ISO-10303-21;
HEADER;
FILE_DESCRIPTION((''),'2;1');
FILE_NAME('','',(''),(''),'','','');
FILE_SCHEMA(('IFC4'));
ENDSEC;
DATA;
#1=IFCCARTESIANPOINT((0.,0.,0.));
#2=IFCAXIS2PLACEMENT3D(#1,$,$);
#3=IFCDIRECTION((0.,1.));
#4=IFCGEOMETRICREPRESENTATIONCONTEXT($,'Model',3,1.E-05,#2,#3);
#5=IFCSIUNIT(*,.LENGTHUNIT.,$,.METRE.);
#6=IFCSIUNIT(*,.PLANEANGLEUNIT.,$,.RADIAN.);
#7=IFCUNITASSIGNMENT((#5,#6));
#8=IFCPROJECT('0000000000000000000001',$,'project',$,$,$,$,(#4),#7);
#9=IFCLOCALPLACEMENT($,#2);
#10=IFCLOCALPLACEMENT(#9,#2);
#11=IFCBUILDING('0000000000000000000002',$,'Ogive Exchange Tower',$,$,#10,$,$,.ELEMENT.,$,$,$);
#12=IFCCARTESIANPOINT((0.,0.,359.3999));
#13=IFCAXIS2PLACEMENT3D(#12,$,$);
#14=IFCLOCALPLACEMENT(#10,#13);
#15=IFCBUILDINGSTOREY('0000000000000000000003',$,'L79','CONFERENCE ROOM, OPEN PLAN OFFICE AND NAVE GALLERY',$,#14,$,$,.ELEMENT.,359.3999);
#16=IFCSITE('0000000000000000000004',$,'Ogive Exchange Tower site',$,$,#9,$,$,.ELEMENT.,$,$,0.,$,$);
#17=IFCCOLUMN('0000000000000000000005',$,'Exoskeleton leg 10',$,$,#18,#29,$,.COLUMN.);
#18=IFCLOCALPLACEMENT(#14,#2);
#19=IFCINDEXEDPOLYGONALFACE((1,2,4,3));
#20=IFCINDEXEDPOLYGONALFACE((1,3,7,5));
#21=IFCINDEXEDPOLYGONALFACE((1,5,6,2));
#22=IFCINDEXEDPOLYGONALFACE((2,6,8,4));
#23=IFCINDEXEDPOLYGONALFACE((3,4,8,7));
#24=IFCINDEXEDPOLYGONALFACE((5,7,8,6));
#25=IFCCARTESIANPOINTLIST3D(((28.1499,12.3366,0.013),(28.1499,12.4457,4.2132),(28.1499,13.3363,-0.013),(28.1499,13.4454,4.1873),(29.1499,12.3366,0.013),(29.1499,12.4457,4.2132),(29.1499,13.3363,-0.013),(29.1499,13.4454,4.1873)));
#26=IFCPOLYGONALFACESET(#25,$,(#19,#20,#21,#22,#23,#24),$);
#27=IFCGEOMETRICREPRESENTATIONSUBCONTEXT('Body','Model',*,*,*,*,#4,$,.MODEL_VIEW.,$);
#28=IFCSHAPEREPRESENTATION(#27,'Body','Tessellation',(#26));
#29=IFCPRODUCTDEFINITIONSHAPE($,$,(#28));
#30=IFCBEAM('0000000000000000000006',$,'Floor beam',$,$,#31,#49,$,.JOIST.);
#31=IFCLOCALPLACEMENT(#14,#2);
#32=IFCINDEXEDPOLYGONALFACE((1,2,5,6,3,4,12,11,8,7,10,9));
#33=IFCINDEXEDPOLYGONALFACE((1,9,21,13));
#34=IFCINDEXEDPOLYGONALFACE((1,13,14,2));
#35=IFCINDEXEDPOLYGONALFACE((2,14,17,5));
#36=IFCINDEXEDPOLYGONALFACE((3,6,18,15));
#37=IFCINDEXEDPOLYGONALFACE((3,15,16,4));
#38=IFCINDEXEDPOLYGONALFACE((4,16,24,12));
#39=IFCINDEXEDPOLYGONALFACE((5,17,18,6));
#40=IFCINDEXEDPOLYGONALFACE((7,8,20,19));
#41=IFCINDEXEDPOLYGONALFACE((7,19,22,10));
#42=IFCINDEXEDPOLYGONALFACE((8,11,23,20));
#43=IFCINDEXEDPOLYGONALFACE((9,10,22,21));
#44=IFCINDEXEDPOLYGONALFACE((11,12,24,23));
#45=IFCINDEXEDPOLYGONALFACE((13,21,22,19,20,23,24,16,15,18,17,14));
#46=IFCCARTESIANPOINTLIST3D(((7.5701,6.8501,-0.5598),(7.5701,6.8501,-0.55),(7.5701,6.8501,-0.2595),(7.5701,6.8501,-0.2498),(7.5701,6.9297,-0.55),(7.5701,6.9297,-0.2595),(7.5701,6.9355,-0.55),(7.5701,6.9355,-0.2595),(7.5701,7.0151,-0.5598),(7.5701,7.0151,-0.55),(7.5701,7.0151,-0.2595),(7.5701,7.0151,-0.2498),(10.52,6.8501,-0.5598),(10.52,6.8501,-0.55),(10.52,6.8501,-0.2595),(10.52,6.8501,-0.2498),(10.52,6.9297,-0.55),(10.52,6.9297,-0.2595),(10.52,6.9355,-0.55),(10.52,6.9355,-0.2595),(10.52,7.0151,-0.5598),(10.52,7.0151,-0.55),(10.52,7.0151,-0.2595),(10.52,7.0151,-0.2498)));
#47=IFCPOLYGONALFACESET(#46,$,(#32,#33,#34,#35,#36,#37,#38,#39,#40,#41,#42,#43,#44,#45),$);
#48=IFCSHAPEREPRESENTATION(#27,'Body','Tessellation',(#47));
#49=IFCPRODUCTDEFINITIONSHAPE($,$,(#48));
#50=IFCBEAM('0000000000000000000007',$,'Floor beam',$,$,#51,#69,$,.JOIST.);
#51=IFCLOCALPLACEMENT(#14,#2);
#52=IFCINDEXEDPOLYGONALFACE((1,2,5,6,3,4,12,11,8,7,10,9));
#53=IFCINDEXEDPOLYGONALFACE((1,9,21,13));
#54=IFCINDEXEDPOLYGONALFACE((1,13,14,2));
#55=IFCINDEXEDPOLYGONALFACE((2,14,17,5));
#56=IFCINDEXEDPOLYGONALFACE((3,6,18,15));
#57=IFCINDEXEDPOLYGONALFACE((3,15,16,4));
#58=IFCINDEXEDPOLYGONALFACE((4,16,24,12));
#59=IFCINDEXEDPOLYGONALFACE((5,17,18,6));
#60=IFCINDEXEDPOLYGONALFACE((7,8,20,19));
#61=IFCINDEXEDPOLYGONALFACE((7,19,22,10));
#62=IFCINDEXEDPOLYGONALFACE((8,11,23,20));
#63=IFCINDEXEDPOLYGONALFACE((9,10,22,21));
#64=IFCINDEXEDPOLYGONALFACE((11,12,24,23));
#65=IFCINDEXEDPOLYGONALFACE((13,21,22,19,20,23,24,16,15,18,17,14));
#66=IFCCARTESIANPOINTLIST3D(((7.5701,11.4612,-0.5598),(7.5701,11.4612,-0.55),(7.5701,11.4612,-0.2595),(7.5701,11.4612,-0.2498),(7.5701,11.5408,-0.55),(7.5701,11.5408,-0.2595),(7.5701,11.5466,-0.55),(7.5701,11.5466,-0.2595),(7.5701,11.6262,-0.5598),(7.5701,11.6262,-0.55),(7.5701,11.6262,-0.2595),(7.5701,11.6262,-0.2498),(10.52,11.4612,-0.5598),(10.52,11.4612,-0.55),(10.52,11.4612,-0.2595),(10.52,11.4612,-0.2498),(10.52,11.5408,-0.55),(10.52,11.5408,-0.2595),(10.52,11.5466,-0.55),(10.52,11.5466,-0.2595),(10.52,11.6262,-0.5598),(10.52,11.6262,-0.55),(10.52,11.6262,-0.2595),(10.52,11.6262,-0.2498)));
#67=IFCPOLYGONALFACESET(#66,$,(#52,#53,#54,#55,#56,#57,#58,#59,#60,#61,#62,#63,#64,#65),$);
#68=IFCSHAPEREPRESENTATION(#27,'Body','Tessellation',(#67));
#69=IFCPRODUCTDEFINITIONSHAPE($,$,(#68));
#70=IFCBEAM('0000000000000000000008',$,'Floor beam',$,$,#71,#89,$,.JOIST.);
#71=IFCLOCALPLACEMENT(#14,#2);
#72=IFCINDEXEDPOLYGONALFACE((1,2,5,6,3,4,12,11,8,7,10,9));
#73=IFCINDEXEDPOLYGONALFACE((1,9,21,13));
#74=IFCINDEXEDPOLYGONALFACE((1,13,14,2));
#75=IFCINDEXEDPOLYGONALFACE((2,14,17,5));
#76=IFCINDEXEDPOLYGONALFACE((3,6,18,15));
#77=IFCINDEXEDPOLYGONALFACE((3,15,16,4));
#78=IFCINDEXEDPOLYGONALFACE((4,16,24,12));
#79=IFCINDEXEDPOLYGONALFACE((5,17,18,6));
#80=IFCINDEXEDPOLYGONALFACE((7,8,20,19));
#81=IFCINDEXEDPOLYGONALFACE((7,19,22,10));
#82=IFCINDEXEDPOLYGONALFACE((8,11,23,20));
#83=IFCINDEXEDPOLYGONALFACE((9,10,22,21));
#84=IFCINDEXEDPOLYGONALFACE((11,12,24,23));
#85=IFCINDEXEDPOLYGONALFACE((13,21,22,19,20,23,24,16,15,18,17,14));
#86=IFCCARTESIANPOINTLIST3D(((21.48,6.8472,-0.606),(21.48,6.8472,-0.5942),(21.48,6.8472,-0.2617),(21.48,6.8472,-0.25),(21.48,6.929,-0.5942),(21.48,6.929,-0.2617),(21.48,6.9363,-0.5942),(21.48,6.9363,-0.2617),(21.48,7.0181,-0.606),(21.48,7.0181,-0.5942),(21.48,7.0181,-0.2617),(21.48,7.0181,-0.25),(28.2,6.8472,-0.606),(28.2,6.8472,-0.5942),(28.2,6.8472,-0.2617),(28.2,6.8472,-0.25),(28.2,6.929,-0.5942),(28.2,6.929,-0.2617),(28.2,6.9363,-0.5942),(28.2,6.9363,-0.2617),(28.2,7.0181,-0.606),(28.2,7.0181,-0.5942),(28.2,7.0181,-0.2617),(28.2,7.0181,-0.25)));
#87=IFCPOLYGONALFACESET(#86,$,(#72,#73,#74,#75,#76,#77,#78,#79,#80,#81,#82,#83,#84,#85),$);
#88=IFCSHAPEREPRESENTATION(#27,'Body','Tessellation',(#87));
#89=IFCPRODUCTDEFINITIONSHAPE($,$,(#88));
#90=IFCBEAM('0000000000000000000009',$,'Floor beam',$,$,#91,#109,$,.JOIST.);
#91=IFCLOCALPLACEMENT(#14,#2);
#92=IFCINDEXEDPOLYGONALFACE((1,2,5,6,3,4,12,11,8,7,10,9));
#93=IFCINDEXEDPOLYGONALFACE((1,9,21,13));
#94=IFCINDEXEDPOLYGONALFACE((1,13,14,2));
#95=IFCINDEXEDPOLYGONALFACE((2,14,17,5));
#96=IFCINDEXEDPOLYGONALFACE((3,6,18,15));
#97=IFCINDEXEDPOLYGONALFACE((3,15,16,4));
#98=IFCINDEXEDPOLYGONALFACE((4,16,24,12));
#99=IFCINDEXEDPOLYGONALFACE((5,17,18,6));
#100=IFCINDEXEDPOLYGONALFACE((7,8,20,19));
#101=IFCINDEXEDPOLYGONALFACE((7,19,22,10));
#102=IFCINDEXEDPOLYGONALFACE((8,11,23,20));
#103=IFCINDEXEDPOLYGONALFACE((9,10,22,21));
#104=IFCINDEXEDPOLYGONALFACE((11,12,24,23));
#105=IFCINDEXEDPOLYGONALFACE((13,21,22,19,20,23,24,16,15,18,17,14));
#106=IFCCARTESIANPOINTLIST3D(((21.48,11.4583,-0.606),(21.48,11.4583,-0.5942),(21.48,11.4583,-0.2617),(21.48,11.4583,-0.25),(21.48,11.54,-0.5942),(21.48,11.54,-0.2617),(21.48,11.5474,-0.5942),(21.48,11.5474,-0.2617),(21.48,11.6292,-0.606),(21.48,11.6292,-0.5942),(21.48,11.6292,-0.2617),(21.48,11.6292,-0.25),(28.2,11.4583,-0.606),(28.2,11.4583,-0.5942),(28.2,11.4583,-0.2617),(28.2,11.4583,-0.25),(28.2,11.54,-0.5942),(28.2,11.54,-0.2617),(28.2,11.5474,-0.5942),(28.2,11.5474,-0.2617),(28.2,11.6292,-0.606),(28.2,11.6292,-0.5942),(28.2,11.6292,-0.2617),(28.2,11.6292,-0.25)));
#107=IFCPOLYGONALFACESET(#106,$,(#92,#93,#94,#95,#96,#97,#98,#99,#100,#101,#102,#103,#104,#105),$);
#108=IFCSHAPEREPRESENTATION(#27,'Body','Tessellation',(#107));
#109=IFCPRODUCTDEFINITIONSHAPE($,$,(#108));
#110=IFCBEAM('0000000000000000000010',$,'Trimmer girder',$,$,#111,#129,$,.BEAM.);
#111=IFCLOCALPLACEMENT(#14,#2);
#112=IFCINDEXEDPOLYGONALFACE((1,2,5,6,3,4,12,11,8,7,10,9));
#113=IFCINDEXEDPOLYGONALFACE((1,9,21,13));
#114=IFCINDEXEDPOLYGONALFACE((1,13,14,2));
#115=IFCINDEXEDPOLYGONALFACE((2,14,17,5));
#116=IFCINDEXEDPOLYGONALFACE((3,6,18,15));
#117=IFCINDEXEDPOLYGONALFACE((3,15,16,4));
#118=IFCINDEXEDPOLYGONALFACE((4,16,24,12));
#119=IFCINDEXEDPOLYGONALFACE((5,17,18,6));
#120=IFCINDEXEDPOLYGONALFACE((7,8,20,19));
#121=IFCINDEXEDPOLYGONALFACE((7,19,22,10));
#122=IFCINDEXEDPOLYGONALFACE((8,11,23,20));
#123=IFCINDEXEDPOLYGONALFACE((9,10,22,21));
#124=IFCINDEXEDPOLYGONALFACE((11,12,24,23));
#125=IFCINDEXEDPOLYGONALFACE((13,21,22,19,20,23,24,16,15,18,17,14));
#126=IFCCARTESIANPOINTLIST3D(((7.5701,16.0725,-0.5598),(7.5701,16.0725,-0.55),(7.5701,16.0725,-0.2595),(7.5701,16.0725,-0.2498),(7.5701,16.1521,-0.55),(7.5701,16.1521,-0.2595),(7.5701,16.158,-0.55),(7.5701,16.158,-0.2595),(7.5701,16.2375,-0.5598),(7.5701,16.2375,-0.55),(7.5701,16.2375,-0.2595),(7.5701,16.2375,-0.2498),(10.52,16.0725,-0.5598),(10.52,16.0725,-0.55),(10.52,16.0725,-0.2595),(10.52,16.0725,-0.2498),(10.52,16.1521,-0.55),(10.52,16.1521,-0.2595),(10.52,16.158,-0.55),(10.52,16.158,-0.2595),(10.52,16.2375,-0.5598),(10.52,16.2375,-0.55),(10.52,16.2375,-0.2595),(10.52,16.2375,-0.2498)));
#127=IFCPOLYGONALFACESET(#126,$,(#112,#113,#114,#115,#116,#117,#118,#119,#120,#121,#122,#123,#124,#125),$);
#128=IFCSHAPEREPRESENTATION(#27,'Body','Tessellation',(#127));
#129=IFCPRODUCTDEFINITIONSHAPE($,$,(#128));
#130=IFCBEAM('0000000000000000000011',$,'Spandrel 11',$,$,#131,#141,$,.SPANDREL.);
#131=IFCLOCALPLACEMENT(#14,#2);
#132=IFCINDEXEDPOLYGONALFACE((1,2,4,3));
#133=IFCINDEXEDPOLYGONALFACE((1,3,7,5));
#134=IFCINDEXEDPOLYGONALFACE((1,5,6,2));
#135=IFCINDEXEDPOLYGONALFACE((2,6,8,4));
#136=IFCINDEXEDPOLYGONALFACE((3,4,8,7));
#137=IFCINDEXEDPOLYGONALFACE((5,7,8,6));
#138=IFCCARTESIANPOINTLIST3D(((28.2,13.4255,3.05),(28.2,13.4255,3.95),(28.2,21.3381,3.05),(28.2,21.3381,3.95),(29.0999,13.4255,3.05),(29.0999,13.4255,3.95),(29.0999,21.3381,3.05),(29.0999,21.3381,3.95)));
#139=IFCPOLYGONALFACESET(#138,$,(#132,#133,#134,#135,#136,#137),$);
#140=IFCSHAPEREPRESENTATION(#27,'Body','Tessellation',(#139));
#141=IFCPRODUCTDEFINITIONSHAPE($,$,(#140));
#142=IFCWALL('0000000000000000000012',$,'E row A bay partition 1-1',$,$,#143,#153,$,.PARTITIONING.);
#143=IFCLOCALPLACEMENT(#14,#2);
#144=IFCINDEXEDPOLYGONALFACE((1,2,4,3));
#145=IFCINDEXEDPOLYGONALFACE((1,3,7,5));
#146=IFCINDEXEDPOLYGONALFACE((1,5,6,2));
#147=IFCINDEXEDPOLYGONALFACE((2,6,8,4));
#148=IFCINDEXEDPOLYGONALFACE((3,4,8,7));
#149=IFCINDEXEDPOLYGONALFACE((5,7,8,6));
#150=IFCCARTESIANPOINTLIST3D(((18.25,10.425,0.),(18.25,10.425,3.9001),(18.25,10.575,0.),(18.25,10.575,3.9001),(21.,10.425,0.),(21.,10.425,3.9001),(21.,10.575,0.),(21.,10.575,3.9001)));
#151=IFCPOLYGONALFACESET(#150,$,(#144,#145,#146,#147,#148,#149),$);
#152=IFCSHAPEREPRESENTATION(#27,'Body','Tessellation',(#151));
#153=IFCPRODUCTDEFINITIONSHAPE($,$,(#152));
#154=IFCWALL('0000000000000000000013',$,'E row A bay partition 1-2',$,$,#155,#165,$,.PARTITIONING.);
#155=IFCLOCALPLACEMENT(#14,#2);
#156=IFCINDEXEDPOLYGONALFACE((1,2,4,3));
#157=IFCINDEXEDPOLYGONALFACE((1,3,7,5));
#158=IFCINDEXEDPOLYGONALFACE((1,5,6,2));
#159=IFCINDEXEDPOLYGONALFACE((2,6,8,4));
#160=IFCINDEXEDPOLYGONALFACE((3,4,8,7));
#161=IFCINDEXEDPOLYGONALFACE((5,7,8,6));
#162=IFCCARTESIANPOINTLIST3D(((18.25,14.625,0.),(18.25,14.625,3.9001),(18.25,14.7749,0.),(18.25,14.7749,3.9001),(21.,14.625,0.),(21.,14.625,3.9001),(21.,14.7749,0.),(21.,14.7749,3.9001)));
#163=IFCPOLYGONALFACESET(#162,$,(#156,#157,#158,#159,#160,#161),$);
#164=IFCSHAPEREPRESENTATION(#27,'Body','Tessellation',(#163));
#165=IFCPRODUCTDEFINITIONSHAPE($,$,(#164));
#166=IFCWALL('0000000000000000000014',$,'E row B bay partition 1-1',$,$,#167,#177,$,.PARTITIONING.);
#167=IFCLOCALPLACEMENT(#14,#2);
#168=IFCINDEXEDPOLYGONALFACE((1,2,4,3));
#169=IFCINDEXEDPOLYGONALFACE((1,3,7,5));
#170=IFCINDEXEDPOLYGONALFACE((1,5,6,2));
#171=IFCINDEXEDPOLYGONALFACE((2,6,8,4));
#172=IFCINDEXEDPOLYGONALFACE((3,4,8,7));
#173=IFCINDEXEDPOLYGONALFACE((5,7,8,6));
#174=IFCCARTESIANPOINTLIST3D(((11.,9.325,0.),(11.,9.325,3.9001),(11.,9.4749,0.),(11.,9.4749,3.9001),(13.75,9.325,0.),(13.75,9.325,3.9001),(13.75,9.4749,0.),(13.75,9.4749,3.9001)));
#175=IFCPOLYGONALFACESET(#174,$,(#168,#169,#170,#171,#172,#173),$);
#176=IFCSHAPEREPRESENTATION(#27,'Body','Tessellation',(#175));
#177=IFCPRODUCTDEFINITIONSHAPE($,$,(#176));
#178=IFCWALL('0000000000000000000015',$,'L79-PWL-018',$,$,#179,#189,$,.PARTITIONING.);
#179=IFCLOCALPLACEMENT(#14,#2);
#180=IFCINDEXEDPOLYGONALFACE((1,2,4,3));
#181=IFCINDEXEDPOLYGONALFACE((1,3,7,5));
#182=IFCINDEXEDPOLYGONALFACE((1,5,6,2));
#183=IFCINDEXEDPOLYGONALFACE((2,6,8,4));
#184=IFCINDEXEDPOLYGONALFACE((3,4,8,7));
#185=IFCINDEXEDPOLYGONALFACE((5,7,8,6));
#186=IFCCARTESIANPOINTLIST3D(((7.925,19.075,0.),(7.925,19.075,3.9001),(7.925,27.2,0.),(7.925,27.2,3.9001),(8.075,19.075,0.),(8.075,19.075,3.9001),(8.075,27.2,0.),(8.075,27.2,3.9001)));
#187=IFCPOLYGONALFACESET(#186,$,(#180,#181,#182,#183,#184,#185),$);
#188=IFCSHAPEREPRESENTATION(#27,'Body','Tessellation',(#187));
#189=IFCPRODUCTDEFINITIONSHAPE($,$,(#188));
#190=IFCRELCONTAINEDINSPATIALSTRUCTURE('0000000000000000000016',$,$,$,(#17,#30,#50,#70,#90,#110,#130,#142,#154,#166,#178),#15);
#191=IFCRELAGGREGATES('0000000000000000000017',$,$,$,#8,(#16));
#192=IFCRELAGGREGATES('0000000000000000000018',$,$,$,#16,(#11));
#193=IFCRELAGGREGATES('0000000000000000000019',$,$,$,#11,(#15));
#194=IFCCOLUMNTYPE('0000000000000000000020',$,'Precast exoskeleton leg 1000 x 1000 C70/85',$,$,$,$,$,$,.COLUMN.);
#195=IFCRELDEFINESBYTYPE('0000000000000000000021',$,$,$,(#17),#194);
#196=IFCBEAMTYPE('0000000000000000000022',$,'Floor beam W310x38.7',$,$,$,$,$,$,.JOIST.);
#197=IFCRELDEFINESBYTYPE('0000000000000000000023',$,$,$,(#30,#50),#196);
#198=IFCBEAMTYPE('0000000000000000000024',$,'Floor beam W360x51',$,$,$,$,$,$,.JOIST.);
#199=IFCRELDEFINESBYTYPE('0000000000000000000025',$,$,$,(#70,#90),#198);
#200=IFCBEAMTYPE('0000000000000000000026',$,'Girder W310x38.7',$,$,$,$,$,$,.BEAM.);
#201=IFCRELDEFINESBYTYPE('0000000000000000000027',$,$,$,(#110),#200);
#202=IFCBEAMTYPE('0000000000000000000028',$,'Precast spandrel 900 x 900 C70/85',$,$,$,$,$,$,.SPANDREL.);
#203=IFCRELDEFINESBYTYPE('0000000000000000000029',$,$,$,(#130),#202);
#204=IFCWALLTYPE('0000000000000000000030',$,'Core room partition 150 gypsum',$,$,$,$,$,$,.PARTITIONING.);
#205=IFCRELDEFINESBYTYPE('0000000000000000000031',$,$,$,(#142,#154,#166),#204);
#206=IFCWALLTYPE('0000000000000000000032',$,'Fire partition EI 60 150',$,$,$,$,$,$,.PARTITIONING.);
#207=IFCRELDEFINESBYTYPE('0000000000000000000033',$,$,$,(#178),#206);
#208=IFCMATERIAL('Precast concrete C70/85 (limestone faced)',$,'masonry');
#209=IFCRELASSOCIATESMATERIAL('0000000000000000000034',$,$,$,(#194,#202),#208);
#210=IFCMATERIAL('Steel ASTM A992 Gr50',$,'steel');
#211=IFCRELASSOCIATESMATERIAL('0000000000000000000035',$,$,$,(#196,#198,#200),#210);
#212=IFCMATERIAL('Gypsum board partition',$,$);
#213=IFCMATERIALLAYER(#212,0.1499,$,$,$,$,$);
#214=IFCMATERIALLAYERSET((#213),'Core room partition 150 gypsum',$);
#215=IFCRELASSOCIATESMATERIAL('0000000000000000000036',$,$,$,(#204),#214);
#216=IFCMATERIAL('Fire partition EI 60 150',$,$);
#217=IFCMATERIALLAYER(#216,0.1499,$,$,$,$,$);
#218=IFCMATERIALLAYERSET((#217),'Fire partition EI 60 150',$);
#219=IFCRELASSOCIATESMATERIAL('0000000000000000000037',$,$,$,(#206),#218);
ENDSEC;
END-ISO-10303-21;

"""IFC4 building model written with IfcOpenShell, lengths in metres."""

from ifc_helpers import new_model, si_unit, direction, frame, frame_2d, origin, origin_2d, place, context, subcontext, project, spatial, rectangle, i_section, extrude, material, layer, layer_set, material_profile, profile_set, type_object, element, save


model = new_model("IFC4")

# Units and contexts
model_context = context("Model", 3, precision=1e-05, world=origin(), true_north=direction((0.0, 1.0)))
body_context = subcontext(model_context, "Body", "Model", "MODEL_VIEW")
ifc_project = project(units=[si_unit("LENGTHUNIT", "METRE"), si_unit("PLANEANGLEUNIT", "RADIAN")], contexts=[model_context])

# Site, building, storey
site_placement = place(None, origin())
site = spatial("IfcSite", under=ifc_project, at=site_placement, Name="Ogive Exchange Tower site", CompositionType="ELEMENT", RefElevation=0.0)
building_placement = place(site_placement, origin())
building = spatial("IfcBuilding", under=site, at=building_placement, Name="Ogive Exchange Tower", CompositionType="ELEMENT")
storey_placement = place(building_placement, frame((0.0, 0.0, 359.3999)))
storey = spatial("IfcBuildingStorey", under=building, at=storey_placement, Name="L79", Description="CONFERENCE ROOM, OPEN PLAN OFFICE AND NAVE GALLERY", CompositionType="ELEMENT", Elevation=359.3999)

# Column
ifc_material_1 = material(Name="Precast concrete C70/85 (limestone faced)", Category="masonry")
ifc_material_profile_1 = material_profile(ifc_material_1, rectangle(XDim=1.0, YDim=1.0, at=origin_2d()), Name="1000 x 1000")
ifc_profile_set_1 = profile_set([ifc_material_profile_1], Name="Precast concrete C70/85 (limestone faced)")
column_type = type_object("IfcColumnType", Name="Precast exoskeleton leg 1000 x 1000 C70/85", PredefinedType="COLUMN", material=ifc_profile_set_1)
column_placement = place(storey_placement, frame((28.6499, 12.8364, 0.0), z_axis=(0.0, 0.025974, 0.999663), x_axis=(-1.0, 0.0, 0.0)))
element("IfcColumn", 1, at=column_placement, inside=storey, type_object=column_type, Name="Exoskeleton leg 10", PredefinedType="COLUMN", context=body_context, shape_type="SweptSolid", body=[
    extrude(rectangle(XDim=1.0, YDim=1.0, at=origin_2d()), origin(), (0.0, 0.0, 1.0), 4.2017),
])

# Beams
ifc_material_2 = material(Name="Steel ASTM A992 Gr50", Category="steel")
ifc_material_profile_2 = material_profile(ifc_material_2, i_section(OverallWidth=0.165, OverallDepth=0.3101, WebThickness=0.0059, FlangeThickness=0.0098, at=origin_2d()), Name="W310x38.7")
ifc_profile_set_2 = profile_set([ifc_material_profile_2], Name="Steel ASTM A992 Gr50")
beam_type_1 = type_object("IfcBeamType", Name="Floor beam W310x38.7", PredefinedType="JOIST", material=ifc_profile_set_2)
for number, where, z_axis, x_axis, name in (
    (2, (7.5701, 6.9326, -0.4048), (1.0, 0.0, 0.0), (0.0, 1.0, 0.0), "Floor beam"),
    (3, (7.5701, 11.5437, -0.4048), (1.0, 0.0, 0.0), (0.0, 1.0, 0.0), "Floor beam"),
):
    element("IfcBeam", number, at=place(storey_placement, frame(where, z_axis=z_axis, x_axis=x_axis)), inside=storey, type_object=beam_type_1, Name=name, PredefinedType="JOIST", context=body_context, shape_type="SweptSolid", body=[
        extrude(i_section(OverallWidth=0.165, OverallDepth=0.3101, WebThickness=0.0059, FlangeThickness=0.0098, at=origin_2d()), origin(), (0.0, 0.0, 1.0), 2.95),
    ])
ifc_material_profile_3 = material_profile(ifc_material_2, i_section(OverallWidth=0.1709, OverallDepth=0.356, WebThickness=0.0073, FlangeThickness=0.0117, at=origin_2d()), Name="W360x51")
ifc_profile_set_3 = profile_set([ifc_material_profile_3], Name="Steel ASTM A992 Gr50")
beam_type_2 = type_object("IfcBeamType", Name="Floor beam W360x51", PredefinedType="JOIST", material=ifc_profile_set_3)
for number, where, z_axis, x_axis, name in (
    (4, (21.48, 6.9326, -0.428), (1.0, 0.0, 0.0), (0.0, 1.0, 0.0), "Floor beam"),
    (5, (21.48, 11.5437, -0.428), (1.0, 0.0, 0.0), (0.0, 1.0, 0.0), "Floor beam"),
):
    element("IfcBeam", number, at=place(storey_placement, frame(where, z_axis=z_axis, x_axis=x_axis)), inside=storey, type_object=beam_type_2, Name=name, PredefinedType="JOIST", context=body_context, shape_type="SweptSolid", body=[
        extrude(i_section(OverallWidth=0.1709, OverallDepth=0.356, WebThickness=0.0073, FlangeThickness=0.0117, at=origin_2d()), origin(), (0.0, 0.0, 1.0), 6.72),
    ])
ifc_material_profile_4 = material_profile(ifc_material_2, i_section(OverallWidth=0.165, OverallDepth=0.3101, WebThickness=0.0059, FlangeThickness=0.0098, at=origin_2d()), Name="W310x38.7")
ifc_profile_set_4 = profile_set([ifc_material_profile_4], Name="Steel ASTM A992 Gr50")
beam_type_3 = type_object("IfcBeamType", Name="Girder W310x38.7", PredefinedType="BEAM", material=ifc_profile_set_4)
beam_1_placement = place(storey_placement, frame((7.5701, 16.155, -0.4048), z_axis=(1.0, 0.0, 0.0), x_axis=(0.0, 1.0, 0.0)))
element("IfcBeam", 6, at=beam_1_placement, inside=storey, type_object=beam_type_3, Name="Trimmer girder", PredefinedType="BEAM", context=body_context, shape_type="SweptSolid", body=[
    extrude(i_section(OverallWidth=0.165, OverallDepth=0.3101, WebThickness=0.0059, FlangeThickness=0.0098, at=origin_2d()), origin(), (0.0, 0.0, 1.0), 2.95),
])
ifc_material_profile_5 = material_profile(ifc_material_1, rectangle(XDim=0.8999, YDim=0.8999, at=origin_2d()), Name="900 x 900")
ifc_profile_set_5 = profile_set([ifc_material_profile_5], Name="Precast concrete C70/85 (limestone faced)")
beam_type_4 = type_object("IfcBeamType", Name="Precast spandrel 900 x 900 C70/85", PredefinedType="SPANDREL", material=ifc_profile_set_5)
beam_2_placement = place(storey_placement, frame((28.6499, 13.4255, 3.5), z_axis=(0.0, 1.0, 0.0), x_axis=(-1.0, 0.0, 0.0)))
element("IfcBeam", 7, at=beam_2_placement, inside=storey, type_object=beam_type_4, Name="Spandrel 11", PredefinedType="SPANDREL", context=body_context, shape_type="SweptSolid", body=[
    extrude(rectangle(XDim=0.8999, YDim=0.8999, at=origin_2d()), origin(), (0.0, 0.0, 1.0), 7.9126),
])

# Walls
ifc_material_3 = material(Name="Gypsum board partition")
ifc_layer_1 = layer(ifc_material_3, 0.1499)
ifc_layer_set_1 = layer_set([ifc_layer_1], Name="Core room partition 150 gypsum")
wall_type_1 = type_object("IfcWallType", Name="Core room partition 150 gypsum", PredefinedType="PARTITIONING", material=ifc_layer_set_1)
for number, where, z_axis, x_axis, name in (
    (8, (18.25, 10.5, 0.0), (0.0, 0.0, 1.0), (1.0, 0.0, 0.0), "E row A bay partition 1-1"),
    (9, (18.25, 14.7, 0.0), (0.0, 0.0, 1.0), (1.0, 0.0, 0.0), "E row A bay partition 1-2"),
    (10, (11.0, 9.3999, 0.0), (0.0, 0.0, 1.0), (1.0, 0.0, 0.0), "E row B bay partition 1-1"),
):
    element("IfcWall", number, at=place(storey_placement, frame(where, z_axis=z_axis, x_axis=x_axis)), inside=storey, type_object=wall_type_1, Name=name, PredefinedType="PARTITIONING", context=body_context, shape_type="SweptSolid", body=[
        extrude(rectangle(XDim=2.75, YDim=0.1499, at=frame_2d((1.375, 0.0))), origin(), (0.0, 0.0, 1.0), 3.9001),
    ])
ifc_material_4 = material(Name="Fire partition EI 60 150")
ifc_layer_2 = layer(ifc_material_4, 0.1499)
ifc_layer_set_2 = layer_set([ifc_layer_2], Name="Fire partition EI 60 150")
wall_type_2 = type_object("IfcWallType", Name="Fire partition EI 60 150", PredefinedType="PARTITIONING", material=ifc_layer_set_2)
wall_1_placement = place(storey_placement, frame((8.0, 19.075, 0.0), z_axis=(0.0, 0.0, 1.0), x_axis=(0.0, 1.0, 0.0)))
element("IfcWall", 11, at=wall_1_placement, inside=storey, type_object=wall_type_2, Name="L79-PWL-018", PredefinedType="PARTITIONING", context=body_context, shape_type="SweptSolid", body=[
    extrude(rectangle(XDim=8.125, YDim=0.1499, at=frame_2d((4.0625, 0.0))), origin(), (0.0, 0.0, 1.0), 3.9001),
])

save(model, "model.ifc")
